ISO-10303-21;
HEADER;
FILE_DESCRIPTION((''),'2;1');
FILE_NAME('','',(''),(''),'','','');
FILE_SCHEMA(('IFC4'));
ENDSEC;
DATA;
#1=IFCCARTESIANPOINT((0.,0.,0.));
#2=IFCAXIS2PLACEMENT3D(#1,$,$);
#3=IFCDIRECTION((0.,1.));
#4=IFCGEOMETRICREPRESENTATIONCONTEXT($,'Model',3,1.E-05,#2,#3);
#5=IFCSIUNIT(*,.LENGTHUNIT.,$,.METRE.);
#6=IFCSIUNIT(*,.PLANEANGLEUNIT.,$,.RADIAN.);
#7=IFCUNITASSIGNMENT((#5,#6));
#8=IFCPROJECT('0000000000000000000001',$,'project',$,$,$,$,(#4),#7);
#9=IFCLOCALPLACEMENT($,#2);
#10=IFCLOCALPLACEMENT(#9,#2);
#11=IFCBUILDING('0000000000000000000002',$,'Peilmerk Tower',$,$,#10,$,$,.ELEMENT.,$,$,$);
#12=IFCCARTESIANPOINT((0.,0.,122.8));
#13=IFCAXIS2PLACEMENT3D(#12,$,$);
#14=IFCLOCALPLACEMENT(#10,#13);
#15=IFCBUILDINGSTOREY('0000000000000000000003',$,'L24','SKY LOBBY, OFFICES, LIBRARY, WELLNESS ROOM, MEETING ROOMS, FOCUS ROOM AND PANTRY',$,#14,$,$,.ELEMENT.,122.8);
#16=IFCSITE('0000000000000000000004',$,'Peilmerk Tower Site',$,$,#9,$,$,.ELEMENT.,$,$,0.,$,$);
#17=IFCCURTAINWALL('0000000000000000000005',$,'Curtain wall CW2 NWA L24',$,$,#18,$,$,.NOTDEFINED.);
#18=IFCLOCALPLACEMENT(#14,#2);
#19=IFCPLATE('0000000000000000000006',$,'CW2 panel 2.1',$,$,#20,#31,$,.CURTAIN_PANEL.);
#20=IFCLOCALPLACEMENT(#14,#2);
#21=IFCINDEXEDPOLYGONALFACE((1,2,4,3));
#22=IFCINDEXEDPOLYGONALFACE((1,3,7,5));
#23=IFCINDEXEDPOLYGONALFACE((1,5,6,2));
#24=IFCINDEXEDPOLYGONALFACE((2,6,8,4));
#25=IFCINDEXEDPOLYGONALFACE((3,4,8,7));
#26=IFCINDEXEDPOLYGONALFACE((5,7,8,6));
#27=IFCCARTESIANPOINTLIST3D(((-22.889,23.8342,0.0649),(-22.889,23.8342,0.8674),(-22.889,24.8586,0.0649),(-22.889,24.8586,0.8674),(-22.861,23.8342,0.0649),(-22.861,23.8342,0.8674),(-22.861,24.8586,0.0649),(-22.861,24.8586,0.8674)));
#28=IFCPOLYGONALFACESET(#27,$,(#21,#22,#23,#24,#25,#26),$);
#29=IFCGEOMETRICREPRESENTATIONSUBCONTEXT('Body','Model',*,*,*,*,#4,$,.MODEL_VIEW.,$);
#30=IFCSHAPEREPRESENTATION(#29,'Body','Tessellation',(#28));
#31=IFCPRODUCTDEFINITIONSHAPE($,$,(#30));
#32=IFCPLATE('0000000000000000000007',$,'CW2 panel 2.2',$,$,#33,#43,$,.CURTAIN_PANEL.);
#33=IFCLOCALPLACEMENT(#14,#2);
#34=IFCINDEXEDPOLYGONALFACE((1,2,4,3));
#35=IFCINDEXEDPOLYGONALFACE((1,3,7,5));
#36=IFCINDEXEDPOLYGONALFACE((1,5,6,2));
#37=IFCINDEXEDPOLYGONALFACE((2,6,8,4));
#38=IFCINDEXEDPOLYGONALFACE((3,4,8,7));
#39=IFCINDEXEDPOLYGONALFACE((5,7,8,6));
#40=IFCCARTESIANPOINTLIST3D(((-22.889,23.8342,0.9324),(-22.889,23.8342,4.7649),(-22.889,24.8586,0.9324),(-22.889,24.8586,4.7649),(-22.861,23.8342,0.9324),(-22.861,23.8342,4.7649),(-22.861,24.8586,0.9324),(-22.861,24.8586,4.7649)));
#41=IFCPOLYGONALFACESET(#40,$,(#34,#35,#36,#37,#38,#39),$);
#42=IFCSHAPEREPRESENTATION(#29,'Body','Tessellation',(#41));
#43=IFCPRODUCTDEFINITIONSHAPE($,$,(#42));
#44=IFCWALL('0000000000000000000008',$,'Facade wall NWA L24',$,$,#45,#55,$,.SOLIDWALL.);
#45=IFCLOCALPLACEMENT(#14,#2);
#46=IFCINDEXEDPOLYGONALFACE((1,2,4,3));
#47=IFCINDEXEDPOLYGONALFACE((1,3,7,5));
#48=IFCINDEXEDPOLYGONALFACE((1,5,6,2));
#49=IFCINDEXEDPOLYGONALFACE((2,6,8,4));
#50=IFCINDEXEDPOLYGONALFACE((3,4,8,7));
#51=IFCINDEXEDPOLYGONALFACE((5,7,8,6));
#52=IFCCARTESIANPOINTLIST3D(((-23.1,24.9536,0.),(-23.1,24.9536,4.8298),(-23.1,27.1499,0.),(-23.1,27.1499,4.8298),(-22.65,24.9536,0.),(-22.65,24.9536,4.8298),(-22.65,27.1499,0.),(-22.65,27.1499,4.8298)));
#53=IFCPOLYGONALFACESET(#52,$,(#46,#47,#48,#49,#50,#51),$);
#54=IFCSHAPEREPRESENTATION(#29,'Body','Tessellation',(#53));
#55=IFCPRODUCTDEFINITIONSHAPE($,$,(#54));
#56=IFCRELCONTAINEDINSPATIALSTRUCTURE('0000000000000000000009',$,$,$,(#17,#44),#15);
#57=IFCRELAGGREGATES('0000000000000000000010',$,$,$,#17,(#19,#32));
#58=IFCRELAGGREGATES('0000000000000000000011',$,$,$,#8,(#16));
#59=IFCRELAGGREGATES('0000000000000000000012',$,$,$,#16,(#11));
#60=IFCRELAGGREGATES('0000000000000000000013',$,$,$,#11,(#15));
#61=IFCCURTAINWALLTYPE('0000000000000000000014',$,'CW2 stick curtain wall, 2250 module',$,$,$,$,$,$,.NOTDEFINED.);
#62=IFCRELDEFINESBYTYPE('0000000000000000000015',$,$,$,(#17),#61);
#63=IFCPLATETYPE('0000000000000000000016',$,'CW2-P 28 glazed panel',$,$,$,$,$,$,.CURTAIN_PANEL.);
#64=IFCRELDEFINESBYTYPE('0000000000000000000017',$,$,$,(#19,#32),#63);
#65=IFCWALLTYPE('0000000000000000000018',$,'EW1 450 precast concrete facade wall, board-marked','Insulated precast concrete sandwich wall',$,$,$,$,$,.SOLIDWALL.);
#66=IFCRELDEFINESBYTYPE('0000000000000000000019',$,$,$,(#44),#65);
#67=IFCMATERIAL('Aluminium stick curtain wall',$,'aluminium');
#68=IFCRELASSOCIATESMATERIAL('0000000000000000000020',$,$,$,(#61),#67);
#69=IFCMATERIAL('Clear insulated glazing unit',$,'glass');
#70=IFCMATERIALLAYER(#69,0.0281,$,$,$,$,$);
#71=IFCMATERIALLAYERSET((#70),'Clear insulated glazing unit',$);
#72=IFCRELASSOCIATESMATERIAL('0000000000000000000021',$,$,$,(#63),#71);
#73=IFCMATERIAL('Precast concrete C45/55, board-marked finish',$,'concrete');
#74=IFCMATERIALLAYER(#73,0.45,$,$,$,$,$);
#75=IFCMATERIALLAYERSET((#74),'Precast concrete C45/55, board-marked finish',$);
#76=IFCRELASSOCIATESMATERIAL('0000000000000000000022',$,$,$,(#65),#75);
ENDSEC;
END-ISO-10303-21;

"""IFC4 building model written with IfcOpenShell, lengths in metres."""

from ifc_helpers import new_model, si_unit, direction, frame, frame_2d, origin, origin_2d, place, context, subcontext, project, spatial, rectangle, extrude, material, layer, layer_set, type_object, element, aggregate, save


model = new_model("IFC4")

# Units and contexts
model_context = context("Model", 3, precision=1e-05, world=origin(), true_north=direction((0.0, 1.0)))
body_context = subcontext(model_context, "Body", "Model", "MODEL_VIEW")
ifc_project = project(units=[si_unit("LENGTHUNIT", "METRE"), si_unit("PLANEANGLEUNIT", "RADIAN")], contexts=[model_context])

# Site, building, storey
site_placement = place(None, origin())
site = spatial("IfcSite", under=ifc_project, at=site_placement, Name="Peilmerk Tower Site", CompositionType="ELEMENT", RefElevation=0.0)
building_placement = place(site_placement, origin())
building = spatial("IfcBuilding", under=site, at=building_placement, Name="Peilmerk Tower", CompositionType="ELEMENT")
storey_placement = place(building_placement, frame((0.0, 0.0, 122.8)))
storey = spatial("IfcBuildingStorey", under=building, at=storey_placement, Name="L24", Description="SKY LOBBY, OFFICES, LIBRARY, WELLNESS ROOM, MEETING ROOMS, FOCUS ROOM AND PANTRY", CompositionType="ELEMENT", Elevation=122.8)

# Curtain wall
ifc_material_1 = material(Name="Aluminium stick curtain wall", Category="aluminium")
curtain_wall_type = type_object("IfcCurtainWallType", Name="CW2 stick curtain wall, 2250 module", PredefinedType="NOTDEFINED", material=ifc_material_1)
curtain_wall_1_placement = place(storey_placement, origin())
curtain_wall_1 = element("IfcCurtainWall", 1, at=curtain_wall_1_placement, inside=storey, type_object=curtain_wall_type, Name="Curtain wall CW2 NWA L24", PredefinedType="NOTDEFINED")

# Plates
ifc_material_2 = material(Name="Clear insulated glazing unit", Category="glass")
ifc_layer_1 = layer(ifc_material_2, 0.0281)
ifc_layer_set_1 = layer_set([ifc_layer_1], Name="Clear insulated glazing unit")
plate_type = type_object("IfcPlateType", Name="CW2-P 28 glazed panel", PredefinedType="CURTAIN_PANEL", material=ifc_layer_set_1)
plate_1_placement = place(storey_placement, frame((-22.875, 24.3464, 0.0649), z_axis=(0.0, 0.0, 1.0), x_axis=(0.0, 1.0, 0.0)))
plate_1 = element("IfcPlate", 2, at=plate_1_placement, type_object=plate_type, Name="CW2 panel 2.1", PredefinedType="CURTAIN_PANEL", context=body_context, shape_type="SweptSolid", body=[
    extrude(rectangle(XDim=1.0244, YDim=0.0281, at=origin_2d()), origin(), (0.0, 0.0, 1.0), 0.8025),
])
plate_2_placement = place(storey_placement, frame((-22.875, 24.3464, 0.9324), z_axis=(0.0, 0.0, 1.0), x_axis=(0.0, 1.0, 0.0)))
plate_2 = element("IfcPlate", 3, at=plate_2_placement, type_object=plate_type, Name="CW2 panel 2.2", PredefinedType="CURTAIN_PANEL", context=body_context, shape_type="SweptSolid", body=[
    extrude(rectangle(XDim=1.0244, YDim=0.0281, at=origin_2d()), origin(), (0.0, 0.0, 1.0), 3.8325),
])
aggregate(curtain_wall_1, [plate_1, plate_2])

# Wall
ifc_material_3 = material(Name="Precast concrete C45/55, board-marked finish", Category="concrete")
ifc_layer_2 = layer(ifc_material_3, 0.45)
ifc_layer_set_2 = layer_set([ifc_layer_2], Name="Precast concrete C45/55, board-marked finish")
wall_type = type_object("IfcWallType", Name="EW1 450 precast concrete facade wall, board-marked", Description="Insulated precast concrete sandwich wall", PredefinedType="SOLIDWALL", material=ifc_layer_set_2)
wall_placement = place(storey_placement, frame((-22.875, 24.9536, 0.0), z_axis=(0.0, 0.0, 1.0), x_axis=(0.0, 1.0, 0.0)))
element("IfcWall", 4, at=wall_placement, inside=storey, type_object=wall_type, Name="Facade wall NWA L24", PredefinedType="SOLIDWALL", context=body_context, shape_type="SweptSolid", body=[
    extrude(rectangle(XDim=2.1963, YDim=0.45, at=frame_2d((1.0981, 0.0))), origin(), (0.0, 0.0, 1.0), 4.8298),
])

save(model, "model.ifc")
